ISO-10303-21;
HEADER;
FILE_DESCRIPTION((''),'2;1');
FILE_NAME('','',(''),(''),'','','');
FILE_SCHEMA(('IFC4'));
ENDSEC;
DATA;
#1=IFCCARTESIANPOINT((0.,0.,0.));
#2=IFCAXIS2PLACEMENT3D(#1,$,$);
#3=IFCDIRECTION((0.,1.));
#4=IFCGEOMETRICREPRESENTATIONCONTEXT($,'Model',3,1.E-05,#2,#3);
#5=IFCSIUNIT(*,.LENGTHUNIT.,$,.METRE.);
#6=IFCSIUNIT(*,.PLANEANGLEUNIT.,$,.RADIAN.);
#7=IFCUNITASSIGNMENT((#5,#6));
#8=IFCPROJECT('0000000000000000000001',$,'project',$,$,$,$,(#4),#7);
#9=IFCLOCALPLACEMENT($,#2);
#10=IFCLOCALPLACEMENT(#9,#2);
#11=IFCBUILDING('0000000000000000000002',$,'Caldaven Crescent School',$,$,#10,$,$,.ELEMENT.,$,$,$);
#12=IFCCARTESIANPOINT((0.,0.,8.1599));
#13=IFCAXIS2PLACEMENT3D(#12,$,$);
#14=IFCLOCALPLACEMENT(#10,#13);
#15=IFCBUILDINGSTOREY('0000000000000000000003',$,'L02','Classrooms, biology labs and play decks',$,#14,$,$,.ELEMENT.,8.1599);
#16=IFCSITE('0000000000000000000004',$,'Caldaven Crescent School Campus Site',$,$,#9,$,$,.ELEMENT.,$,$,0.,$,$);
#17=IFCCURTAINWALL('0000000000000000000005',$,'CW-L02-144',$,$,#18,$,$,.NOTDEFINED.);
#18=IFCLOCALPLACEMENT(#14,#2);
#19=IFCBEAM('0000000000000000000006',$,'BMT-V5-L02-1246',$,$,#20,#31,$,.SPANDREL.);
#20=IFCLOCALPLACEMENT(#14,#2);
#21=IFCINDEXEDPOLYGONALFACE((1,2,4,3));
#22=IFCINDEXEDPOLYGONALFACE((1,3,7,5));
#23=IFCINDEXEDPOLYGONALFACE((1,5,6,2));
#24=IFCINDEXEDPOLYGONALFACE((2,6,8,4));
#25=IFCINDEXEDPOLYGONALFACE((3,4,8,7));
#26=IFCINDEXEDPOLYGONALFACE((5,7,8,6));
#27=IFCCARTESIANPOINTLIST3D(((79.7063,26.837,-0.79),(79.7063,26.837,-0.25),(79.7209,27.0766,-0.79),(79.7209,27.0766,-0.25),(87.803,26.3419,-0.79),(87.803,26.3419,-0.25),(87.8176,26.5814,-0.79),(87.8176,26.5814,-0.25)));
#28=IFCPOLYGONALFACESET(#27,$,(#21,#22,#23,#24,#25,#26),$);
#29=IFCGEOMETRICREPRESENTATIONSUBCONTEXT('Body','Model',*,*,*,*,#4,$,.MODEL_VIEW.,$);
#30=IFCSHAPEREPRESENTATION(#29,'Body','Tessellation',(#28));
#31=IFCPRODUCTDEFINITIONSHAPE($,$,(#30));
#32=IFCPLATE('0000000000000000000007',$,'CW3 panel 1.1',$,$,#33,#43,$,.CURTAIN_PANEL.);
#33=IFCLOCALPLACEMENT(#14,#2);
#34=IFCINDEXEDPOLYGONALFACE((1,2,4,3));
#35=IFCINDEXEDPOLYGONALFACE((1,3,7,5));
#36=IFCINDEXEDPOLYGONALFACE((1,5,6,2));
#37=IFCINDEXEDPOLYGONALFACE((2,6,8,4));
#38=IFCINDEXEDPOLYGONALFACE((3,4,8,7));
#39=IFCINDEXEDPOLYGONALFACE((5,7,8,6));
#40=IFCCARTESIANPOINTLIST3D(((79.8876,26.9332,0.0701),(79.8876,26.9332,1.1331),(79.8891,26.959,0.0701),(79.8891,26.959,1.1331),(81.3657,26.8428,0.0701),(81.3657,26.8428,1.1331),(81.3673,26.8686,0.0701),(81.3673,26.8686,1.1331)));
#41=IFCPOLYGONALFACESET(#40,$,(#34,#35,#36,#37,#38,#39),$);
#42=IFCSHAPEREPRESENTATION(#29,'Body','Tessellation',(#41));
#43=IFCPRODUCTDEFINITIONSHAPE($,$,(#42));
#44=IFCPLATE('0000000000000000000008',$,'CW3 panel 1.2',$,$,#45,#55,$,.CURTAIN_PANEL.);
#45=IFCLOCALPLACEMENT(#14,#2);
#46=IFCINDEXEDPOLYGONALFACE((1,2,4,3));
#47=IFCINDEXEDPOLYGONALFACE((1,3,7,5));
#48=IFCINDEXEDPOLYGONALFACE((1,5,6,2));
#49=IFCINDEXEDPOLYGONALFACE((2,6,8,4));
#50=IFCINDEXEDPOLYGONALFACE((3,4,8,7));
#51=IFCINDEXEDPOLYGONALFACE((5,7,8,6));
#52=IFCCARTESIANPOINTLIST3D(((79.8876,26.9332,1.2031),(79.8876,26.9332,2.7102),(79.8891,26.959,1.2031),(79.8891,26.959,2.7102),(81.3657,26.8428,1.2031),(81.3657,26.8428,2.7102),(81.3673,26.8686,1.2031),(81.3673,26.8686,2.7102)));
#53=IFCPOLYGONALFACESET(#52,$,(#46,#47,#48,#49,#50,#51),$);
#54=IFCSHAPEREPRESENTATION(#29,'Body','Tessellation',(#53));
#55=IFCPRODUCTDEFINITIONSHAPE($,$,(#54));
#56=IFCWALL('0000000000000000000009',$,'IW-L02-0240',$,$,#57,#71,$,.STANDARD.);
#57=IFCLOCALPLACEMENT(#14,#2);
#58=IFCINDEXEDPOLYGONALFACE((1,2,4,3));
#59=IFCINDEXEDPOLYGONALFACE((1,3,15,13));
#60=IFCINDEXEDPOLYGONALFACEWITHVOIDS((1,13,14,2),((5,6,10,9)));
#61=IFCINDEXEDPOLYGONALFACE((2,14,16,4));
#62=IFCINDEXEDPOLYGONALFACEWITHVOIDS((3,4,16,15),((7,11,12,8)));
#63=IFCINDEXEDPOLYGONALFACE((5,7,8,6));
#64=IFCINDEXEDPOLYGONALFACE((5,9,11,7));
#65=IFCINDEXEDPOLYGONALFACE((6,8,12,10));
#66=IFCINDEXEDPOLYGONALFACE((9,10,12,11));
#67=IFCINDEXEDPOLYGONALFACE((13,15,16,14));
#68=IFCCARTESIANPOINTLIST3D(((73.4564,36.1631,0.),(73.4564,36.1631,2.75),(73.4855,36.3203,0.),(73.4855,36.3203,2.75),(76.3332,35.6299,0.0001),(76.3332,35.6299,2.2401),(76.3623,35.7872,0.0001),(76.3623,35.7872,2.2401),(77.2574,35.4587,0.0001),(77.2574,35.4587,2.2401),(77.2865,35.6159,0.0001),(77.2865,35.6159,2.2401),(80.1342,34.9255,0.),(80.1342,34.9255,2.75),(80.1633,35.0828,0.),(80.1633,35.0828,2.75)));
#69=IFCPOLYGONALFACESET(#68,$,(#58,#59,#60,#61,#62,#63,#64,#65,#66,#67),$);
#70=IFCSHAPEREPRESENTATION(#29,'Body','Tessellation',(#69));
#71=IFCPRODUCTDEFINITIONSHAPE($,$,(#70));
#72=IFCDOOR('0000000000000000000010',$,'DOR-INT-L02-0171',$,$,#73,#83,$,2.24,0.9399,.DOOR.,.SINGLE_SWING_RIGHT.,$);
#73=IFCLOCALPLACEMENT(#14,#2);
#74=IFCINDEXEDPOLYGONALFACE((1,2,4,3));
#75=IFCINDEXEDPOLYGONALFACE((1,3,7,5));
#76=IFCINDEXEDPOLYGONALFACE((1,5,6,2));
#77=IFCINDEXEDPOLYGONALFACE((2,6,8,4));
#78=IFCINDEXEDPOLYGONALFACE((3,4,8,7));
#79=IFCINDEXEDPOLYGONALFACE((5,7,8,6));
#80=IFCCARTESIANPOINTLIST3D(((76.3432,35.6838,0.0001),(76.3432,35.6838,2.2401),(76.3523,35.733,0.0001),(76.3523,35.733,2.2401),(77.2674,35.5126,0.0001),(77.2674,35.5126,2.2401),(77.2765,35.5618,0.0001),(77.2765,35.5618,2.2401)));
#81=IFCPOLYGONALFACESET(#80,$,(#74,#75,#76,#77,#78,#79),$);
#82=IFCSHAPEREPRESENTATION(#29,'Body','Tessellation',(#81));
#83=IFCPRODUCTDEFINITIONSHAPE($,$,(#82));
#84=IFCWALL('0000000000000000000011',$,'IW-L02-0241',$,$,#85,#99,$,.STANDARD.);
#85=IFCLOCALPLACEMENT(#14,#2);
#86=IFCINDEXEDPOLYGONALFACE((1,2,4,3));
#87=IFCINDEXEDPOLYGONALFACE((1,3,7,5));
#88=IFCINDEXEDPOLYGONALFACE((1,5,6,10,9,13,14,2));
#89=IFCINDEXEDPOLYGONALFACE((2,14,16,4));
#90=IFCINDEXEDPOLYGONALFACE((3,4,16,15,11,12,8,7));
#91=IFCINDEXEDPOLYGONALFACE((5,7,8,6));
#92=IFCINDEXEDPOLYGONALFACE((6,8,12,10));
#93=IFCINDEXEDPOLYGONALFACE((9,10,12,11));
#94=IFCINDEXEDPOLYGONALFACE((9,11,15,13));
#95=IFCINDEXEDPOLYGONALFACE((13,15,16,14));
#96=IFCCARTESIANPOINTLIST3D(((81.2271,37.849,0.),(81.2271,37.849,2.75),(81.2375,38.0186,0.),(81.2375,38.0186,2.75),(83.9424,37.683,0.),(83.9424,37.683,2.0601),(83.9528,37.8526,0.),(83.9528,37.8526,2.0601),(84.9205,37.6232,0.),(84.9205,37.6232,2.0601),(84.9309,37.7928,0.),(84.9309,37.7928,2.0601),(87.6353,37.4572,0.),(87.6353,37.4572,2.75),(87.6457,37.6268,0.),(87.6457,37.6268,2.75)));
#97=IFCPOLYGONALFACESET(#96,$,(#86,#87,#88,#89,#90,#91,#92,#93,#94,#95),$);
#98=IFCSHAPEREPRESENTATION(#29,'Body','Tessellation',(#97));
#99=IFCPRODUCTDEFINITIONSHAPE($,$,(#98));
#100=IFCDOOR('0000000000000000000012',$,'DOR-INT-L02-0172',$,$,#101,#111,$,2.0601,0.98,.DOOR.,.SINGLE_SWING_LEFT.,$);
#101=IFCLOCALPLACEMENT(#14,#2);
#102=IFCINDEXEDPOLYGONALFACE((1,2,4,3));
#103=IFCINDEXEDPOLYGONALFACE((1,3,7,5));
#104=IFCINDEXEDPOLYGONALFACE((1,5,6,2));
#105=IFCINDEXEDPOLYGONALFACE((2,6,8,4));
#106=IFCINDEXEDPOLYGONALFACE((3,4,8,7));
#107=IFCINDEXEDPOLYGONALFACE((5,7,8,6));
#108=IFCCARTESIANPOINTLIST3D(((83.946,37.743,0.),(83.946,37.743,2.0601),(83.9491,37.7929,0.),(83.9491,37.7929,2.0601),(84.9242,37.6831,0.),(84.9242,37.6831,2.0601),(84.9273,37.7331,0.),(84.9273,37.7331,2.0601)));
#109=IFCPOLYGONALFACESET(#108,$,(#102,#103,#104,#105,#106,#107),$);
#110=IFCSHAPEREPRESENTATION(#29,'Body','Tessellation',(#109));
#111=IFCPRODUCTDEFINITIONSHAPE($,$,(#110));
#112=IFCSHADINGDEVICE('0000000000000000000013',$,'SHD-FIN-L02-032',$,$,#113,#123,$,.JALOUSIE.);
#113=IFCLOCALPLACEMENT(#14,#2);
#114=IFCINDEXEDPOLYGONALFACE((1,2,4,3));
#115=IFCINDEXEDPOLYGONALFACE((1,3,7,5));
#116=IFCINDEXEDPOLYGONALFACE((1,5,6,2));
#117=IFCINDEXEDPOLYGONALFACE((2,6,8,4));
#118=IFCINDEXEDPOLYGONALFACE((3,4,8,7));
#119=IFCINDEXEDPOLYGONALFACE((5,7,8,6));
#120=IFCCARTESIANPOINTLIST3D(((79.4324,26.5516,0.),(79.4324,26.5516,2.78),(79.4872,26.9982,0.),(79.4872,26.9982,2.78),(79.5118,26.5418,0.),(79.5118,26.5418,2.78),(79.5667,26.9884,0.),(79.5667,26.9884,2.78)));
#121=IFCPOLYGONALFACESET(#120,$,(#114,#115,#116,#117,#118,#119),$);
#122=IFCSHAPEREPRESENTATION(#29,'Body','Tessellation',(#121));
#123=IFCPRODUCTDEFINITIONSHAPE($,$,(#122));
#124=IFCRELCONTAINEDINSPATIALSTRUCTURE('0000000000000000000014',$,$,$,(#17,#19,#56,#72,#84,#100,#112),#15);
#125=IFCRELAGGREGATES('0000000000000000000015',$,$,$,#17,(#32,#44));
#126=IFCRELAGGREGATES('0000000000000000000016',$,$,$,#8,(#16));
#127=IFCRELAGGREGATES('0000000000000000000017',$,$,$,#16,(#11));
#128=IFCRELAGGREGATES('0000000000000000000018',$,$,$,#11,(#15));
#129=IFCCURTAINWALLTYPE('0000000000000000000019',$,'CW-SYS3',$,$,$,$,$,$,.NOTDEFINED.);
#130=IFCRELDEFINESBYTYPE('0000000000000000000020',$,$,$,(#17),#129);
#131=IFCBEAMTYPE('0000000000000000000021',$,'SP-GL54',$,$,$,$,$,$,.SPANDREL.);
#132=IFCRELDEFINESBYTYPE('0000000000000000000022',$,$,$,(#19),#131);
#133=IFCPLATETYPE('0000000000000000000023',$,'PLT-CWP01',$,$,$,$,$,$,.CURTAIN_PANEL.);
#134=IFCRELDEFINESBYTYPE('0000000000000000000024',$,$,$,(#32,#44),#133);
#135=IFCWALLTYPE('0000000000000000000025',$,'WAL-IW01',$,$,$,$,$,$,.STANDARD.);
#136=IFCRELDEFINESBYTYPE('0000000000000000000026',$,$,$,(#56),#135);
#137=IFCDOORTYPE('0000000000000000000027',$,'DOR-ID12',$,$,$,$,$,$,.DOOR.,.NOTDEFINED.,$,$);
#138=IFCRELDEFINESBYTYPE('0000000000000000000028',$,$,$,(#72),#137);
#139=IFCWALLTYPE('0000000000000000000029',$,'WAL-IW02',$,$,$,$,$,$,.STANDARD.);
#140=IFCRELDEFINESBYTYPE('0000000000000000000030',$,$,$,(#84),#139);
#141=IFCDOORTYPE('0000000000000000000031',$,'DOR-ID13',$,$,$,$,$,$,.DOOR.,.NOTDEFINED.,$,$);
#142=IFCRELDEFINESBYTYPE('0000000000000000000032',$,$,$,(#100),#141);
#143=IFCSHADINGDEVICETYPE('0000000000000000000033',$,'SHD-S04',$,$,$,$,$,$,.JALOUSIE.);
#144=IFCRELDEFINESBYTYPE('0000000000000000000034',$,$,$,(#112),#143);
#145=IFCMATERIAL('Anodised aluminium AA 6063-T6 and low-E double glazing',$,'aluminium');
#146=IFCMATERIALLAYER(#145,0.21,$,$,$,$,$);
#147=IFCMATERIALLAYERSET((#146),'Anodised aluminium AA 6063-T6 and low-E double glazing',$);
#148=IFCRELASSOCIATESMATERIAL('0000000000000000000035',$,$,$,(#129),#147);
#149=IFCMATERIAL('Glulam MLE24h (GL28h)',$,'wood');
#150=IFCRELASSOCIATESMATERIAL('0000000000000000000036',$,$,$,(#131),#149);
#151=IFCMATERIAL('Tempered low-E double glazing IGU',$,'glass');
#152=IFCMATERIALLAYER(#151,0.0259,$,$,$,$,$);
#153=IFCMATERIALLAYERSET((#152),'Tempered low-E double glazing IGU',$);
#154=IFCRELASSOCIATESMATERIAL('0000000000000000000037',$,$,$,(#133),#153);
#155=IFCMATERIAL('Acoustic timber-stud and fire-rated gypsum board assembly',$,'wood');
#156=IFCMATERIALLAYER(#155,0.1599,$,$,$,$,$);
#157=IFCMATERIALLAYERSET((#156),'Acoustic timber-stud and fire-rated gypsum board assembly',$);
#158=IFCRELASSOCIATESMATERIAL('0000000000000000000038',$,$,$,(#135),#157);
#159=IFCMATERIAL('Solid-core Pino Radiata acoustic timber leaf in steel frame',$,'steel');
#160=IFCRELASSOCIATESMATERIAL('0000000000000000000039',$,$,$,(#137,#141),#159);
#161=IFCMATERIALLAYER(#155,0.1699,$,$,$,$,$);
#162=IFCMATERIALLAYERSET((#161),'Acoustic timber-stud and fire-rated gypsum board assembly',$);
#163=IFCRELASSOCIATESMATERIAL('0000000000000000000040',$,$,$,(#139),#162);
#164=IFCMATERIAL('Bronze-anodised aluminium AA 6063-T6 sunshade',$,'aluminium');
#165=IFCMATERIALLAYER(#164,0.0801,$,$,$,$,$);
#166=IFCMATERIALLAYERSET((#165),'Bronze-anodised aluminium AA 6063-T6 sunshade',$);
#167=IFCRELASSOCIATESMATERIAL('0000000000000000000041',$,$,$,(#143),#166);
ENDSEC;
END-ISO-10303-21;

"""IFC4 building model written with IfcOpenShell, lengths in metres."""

from ifc_helpers import new_model, si_unit, direction, frame, frame_2d, origin, origin_2d, place, context, subcontext, project, spatial, rectangle, extrude, material, layer, layer_set, material_profile, profile_set, type_object, element, fill, aggregate, save


model = new_model("IFC4")

# Units and contexts
model_context = context("Model", 3, precision=1e-05, world=origin(), true_north=direction((0.0, 1.0)))
body_context = subcontext(model_context, "Body", "Model", "MODEL_VIEW")
ifc_project = project(units=[si_unit("LENGTHUNIT", "METRE"), si_unit("PLANEANGLEUNIT", "RADIAN")], contexts=[model_context])

# Site, building, storey
site_placement = place(None, origin())
site = spatial("IfcSite", under=ifc_project, at=site_placement, Name="Caldaven Crescent School Campus Site", CompositionType="ELEMENT", RefElevation=0.0)
building_placement = place(site_placement, origin())
building = spatial("IfcBuilding", under=site, at=building_placement, Name="Caldaven Crescent School", CompositionType="ELEMENT")
storey_placement = place(building_placement, frame((0.0, 0.0, 8.1599)))
storey = spatial("IfcBuildingStorey", under=building, at=storey_placement, Name="L02", Description="Classrooms, biology labs and play decks", CompositionType="ELEMENT", Elevation=8.1599)

# Shared definitions
ifc_material_1 = material(Name="Glulam MLE24h (GL28h)", Category="wood")

# Curtain wall
ifc_material_2 = material(Name="Anodised aluminium AA 6063-T6 and low-E double glazing", Category="aluminium")
ifc_layer_1 = layer(ifc_material_2, 0.21)
ifc_layer_set_1 = layer_set([ifc_layer_1], Name="Anodised aluminium AA 6063-T6 and low-E double glazing")
curtain_wall_type = type_object("IfcCurtainWallType", Name="CW-SYS3", PredefinedType="NOTDEFINED", material=ifc_layer_set_1)
curtain_wall_placement = place(storey_placement, origin())
curtain_wall = element("IfcCurtainWall", 1, at=curtain_wall_placement, inside=storey, type_object=curtain_wall_type, Name="CW-L02-144", PredefinedType="NOTDEFINED")

# Beam
ifc_material_profile_1 = material_profile(ifc_material_1, rectangle(XDim=0.24, YDim=0.54, at=origin_2d()), Name="MLE 240x540")
ifc_profile_set_1 = profile_set([ifc_material_profile_1], Name="Glulam MLE24h (GL28h)")
beam_type_1 = type_object("IfcBeamType", Name="SP-GL54", PredefinedType="SPANDREL", material=ifc_profile_set_1)
beam_1_placement = place(storey_placement, frame((79.7136, 26.9568, -0.52), z_axis=(0.998136, -0.061037, 0.0), x_axis=(0.061037, 0.998136, 0.0)))
element("IfcBeam", 2, at=beam_1_placement, inside=storey, type_object=beam_type_1, Name="BMT-V5-L02-1246", PredefinedType="SPANDREL", context=body_context, shape_type="SweptSolid", body=[
    extrude(rectangle(XDim=0.24, YDim=0.54, at=origin_2d()), origin(), (0.0, 0.0, 1.0), 8.1118),
])

# Plates
ifc_material_3 = material(Name="Tempered low-E double glazing IGU", Category="glass")
ifc_layer_2 = layer(ifc_material_3, 0.0259)
ifc_layer_set_2 = layer_set([ifc_layer_2], Name="Tempered low-E double glazing IGU")
plate_type = type_object("IfcPlateType", Name="PLT-CWP01", PredefinedType="CURTAIN_PANEL", material=ifc_layer_set_2)
plate_1_placement = place(storey_placement, frame((80.6274, 26.9009, 0.0701), z_axis=(0.0, 0.0, 1.0), x_axis=(0.998135, -0.061049, 0.0)))
plate_1 = element("IfcPlate", 3, at=plate_1_placement, type_object=plate_type, Name="CW3 panel 1.1", PredefinedType="CURTAIN_PANEL", context=body_context, shape_type="SweptSolid", body=[
    extrude(rectangle(XDim=1.481, YDim=0.0259, at=origin_2d()), origin(), (0.0, 0.0, 1.0), 1.063),
])
plate_2_placement = place(storey_placement, frame((80.6274, 26.9009, 1.2031), z_axis=(0.0, 0.0, 1.0), x_axis=(0.998135, -0.061049, 0.0)))
plate_2 = element("IfcPlate", 4, at=plate_2_placement, type_object=plate_type, Name="CW3 panel 1.2", PredefinedType="CURTAIN_PANEL", context=body_context, shape_type="SweptSolid", body=[
    extrude(rectangle(XDim=1.481, YDim=0.0259, at=origin_2d()), origin(), (0.0, 0.0, 1.0), 1.5071),
])
aggregate(curtain_wall, [plate_1, plate_2])

# Walls, openings, doors
ifc_material_4 = material(Name="Acoustic timber-stud and fire-rated gypsum board assembly", Category="wood")
ifc_layer_3 = layer(ifc_material_4, 0.1599)
ifc_layer_set_3 = layer_set([ifc_layer_3], Name="Acoustic timber-stud and fire-rated gypsum board assembly")
wall_type_1 = type_object("IfcWallType", Name="WAL-IW01", PredefinedType="STANDARD", material=ifc_layer_set_3)
wall_1_placement = place(storey_placement, frame((73.4709, 36.2417, 0.0), z_axis=(0.0, 0.0, 1.0), x_axis=(0.983257, -0.182222, 0.0)))
wall_1 = element("IfcWall", 5, at=wall_1_placement, inside=storey, type_object=wall_type_1, Name="IW-L02-0240", PredefinedType="STANDARD", context=body_context, shape_type="SweptSolid", body=[
    extrude(rectangle(XDim=6.7915, YDim=0.1599, at=frame_2d((3.3958, 0.0))), origin(), (0.0, 0.0, 1.0), 2.75),
])
opening_1_placement = place(wall_1_placement, frame((2.9258, 0.0, 0.0)))
opening_1 = element("IfcOpeningElement", 6, at=opening_1_placement, cuts=wall_1, PredefinedType="OPENING", context=body_context, shape_type="SweptSolid", body=[
    extrude(rectangle(XDim=0.9399, YDim=2.24, at=frame_2d((0.47, 1.1201))), frame((0.0, 0.0898, 0.0), z_axis=(0.0, -1.0, 0.0), x_axis=(1.0, 0.0, 0.0)), (0.0, 0.0, 1.0), 0.1799),
])
ifc_material_5 = material(Name="Solid-core Pino Radiata acoustic timber leaf in steel frame", Category="steel")
door_type_1 = type_object("IfcDoorType", Name="DOR-ID12", OperationType="NOTDEFINED", PredefinedType="DOOR", material=ifc_material_5)
door_1_placement = place(opening_1_placement, origin())
door_1 = element("IfcDoor", 7, at=door_1_placement, inside=storey, type_object=door_type_1, Name="DOR-INT-L02-0171", OperationType="SINGLE_SWING_RIGHT", OverallHeight=2.24, OverallWidth=0.9399, PredefinedType="DOOR", context=body_context, shape_type="SweptSolid", body=[
    extrude(rectangle(XDim=0.9399, YDim=2.24, at=frame_2d((0.47, 1.1201))), frame((0.0, 0.0249, 0.0), z_axis=(0.0, -1.0, 0.0), x_axis=(1.0, 0.0, 0.0)), (0.0, 0.0, 1.0), 0.05),
])
fill(opening_1, door_1)
ifc_layer_4 = layer(ifc_material_4, 0.1699)
ifc_layer_set_4 = layer_set([ifc_layer_4], Name="Acoustic timber-stud and fire-rated gypsum board assembly")
wall_type_2 = type_object("IfcWallType", Name="WAL-IW02", PredefinedType="STANDARD", material=ifc_layer_set_4)
wall_2_placement = place(storey_placement, frame((81.2324, 37.9338, 0.0), z_axis=(0.0, 0.0, 1.0), x_axis=(0.998136, -0.061034, 0.0)))
wall_2 = element("IfcWall", 8, at=wall_2_placement, inside=storey, type_object=wall_type_2, Name="IW-L02-0241", PredefinedType="STANDARD", context=body_context, shape_type="SweptSolid", body=[
    extrude(rectangle(XDim=6.4202, YDim=0.1699, at=frame_2d((3.21, 0.0))), origin(), (0.0, 0.0, 1.0), 2.75),
])
opening_2_placement = place(wall_2_placement, frame((2.7202, 0.0, 0.0)))
opening_2 = element("IfcOpeningElement", 9, at=opening_2_placement, cuts=wall_2, PredefinedType="OPENING", context=body_context, shape_type="SweptSolid", body=[
    extrude(rectangle(XDim=0.98, YDim=2.0601, at=frame_2d((0.49, 1.03))), frame((0.0, 0.095, 0.0), z_axis=(0.0, -1.0, 0.0), x_axis=(1.0, 0.0, 0.0)), (0.0, 0.0, 1.0), 0.1899),
])
door_type_2 = type_object("IfcDoorType", Name="DOR-ID13", OperationType="NOTDEFINED", PredefinedType="DOOR", material=ifc_material_5)
door_2_placement = place(opening_2_placement, frame((0.98, 0.0, 0.0), z_axis=(0.0, 0.0, 1.0), x_axis=(-1.0, 0.0, 0.0)))
door_2 = element("IfcDoor", 10, at=door_2_placement, inside=storey, type_object=door_type_2, Name="DOR-INT-L02-0172", OperationType="SINGLE_SWING_LEFT", OverallHeight=2.0601, OverallWidth=0.98, PredefinedType="DOOR", context=body_context, shape_type="SweptSolid", body=[
    extrude(rectangle(XDim=0.98, YDim=2.0601, at=frame_2d((0.49, 1.03))), frame((0.0, 0.0249, 0.0), z_axis=(0.0, -1.0, 0.0), x_axis=(1.0, 0.0, 0.0)), (0.0, 0.0, 1.0), 0.05),
])
fill(opening_2, door_2)

# Shading device
ifc_material_6 = material(Name="Bronze-anodised aluminium AA 6063-T6 sunshade", Category="aluminium")
ifc_layer_5 = layer(ifc_material_6, 0.0801)
ifc_layer_set_5 = layer_set([ifc_layer_5], Name="Bronze-anodised aluminium AA 6063-T6 sunshade")
shading_device_type = type_object("IfcShadingDeviceType", Name="SHD-S04", PredefinedType="JALOUSIE", material=ifc_layer_set_5)
shading_device_placement = place(storey_placement, frame((79.4995, 26.77, 0.0), z_axis=(0.0, 0.0, 1.0), x_axis=(-0.121869, -0.992546, 0.0)))
element("IfcShadingDevice", 11, at=shading_device_placement, inside=storey, type_object=shading_device_type, Name="SHD-FIN-L02-032", PredefinedType="JALOUSIE", context=body_context, shape_type="SweptSolid", body=[
    extrude(rectangle(XDim=0.45, YDim=0.0801, at=origin_2d()), origin(), (0.0, 0.0, 1.0), 2.78),
])

save(model, "model.ifc")
